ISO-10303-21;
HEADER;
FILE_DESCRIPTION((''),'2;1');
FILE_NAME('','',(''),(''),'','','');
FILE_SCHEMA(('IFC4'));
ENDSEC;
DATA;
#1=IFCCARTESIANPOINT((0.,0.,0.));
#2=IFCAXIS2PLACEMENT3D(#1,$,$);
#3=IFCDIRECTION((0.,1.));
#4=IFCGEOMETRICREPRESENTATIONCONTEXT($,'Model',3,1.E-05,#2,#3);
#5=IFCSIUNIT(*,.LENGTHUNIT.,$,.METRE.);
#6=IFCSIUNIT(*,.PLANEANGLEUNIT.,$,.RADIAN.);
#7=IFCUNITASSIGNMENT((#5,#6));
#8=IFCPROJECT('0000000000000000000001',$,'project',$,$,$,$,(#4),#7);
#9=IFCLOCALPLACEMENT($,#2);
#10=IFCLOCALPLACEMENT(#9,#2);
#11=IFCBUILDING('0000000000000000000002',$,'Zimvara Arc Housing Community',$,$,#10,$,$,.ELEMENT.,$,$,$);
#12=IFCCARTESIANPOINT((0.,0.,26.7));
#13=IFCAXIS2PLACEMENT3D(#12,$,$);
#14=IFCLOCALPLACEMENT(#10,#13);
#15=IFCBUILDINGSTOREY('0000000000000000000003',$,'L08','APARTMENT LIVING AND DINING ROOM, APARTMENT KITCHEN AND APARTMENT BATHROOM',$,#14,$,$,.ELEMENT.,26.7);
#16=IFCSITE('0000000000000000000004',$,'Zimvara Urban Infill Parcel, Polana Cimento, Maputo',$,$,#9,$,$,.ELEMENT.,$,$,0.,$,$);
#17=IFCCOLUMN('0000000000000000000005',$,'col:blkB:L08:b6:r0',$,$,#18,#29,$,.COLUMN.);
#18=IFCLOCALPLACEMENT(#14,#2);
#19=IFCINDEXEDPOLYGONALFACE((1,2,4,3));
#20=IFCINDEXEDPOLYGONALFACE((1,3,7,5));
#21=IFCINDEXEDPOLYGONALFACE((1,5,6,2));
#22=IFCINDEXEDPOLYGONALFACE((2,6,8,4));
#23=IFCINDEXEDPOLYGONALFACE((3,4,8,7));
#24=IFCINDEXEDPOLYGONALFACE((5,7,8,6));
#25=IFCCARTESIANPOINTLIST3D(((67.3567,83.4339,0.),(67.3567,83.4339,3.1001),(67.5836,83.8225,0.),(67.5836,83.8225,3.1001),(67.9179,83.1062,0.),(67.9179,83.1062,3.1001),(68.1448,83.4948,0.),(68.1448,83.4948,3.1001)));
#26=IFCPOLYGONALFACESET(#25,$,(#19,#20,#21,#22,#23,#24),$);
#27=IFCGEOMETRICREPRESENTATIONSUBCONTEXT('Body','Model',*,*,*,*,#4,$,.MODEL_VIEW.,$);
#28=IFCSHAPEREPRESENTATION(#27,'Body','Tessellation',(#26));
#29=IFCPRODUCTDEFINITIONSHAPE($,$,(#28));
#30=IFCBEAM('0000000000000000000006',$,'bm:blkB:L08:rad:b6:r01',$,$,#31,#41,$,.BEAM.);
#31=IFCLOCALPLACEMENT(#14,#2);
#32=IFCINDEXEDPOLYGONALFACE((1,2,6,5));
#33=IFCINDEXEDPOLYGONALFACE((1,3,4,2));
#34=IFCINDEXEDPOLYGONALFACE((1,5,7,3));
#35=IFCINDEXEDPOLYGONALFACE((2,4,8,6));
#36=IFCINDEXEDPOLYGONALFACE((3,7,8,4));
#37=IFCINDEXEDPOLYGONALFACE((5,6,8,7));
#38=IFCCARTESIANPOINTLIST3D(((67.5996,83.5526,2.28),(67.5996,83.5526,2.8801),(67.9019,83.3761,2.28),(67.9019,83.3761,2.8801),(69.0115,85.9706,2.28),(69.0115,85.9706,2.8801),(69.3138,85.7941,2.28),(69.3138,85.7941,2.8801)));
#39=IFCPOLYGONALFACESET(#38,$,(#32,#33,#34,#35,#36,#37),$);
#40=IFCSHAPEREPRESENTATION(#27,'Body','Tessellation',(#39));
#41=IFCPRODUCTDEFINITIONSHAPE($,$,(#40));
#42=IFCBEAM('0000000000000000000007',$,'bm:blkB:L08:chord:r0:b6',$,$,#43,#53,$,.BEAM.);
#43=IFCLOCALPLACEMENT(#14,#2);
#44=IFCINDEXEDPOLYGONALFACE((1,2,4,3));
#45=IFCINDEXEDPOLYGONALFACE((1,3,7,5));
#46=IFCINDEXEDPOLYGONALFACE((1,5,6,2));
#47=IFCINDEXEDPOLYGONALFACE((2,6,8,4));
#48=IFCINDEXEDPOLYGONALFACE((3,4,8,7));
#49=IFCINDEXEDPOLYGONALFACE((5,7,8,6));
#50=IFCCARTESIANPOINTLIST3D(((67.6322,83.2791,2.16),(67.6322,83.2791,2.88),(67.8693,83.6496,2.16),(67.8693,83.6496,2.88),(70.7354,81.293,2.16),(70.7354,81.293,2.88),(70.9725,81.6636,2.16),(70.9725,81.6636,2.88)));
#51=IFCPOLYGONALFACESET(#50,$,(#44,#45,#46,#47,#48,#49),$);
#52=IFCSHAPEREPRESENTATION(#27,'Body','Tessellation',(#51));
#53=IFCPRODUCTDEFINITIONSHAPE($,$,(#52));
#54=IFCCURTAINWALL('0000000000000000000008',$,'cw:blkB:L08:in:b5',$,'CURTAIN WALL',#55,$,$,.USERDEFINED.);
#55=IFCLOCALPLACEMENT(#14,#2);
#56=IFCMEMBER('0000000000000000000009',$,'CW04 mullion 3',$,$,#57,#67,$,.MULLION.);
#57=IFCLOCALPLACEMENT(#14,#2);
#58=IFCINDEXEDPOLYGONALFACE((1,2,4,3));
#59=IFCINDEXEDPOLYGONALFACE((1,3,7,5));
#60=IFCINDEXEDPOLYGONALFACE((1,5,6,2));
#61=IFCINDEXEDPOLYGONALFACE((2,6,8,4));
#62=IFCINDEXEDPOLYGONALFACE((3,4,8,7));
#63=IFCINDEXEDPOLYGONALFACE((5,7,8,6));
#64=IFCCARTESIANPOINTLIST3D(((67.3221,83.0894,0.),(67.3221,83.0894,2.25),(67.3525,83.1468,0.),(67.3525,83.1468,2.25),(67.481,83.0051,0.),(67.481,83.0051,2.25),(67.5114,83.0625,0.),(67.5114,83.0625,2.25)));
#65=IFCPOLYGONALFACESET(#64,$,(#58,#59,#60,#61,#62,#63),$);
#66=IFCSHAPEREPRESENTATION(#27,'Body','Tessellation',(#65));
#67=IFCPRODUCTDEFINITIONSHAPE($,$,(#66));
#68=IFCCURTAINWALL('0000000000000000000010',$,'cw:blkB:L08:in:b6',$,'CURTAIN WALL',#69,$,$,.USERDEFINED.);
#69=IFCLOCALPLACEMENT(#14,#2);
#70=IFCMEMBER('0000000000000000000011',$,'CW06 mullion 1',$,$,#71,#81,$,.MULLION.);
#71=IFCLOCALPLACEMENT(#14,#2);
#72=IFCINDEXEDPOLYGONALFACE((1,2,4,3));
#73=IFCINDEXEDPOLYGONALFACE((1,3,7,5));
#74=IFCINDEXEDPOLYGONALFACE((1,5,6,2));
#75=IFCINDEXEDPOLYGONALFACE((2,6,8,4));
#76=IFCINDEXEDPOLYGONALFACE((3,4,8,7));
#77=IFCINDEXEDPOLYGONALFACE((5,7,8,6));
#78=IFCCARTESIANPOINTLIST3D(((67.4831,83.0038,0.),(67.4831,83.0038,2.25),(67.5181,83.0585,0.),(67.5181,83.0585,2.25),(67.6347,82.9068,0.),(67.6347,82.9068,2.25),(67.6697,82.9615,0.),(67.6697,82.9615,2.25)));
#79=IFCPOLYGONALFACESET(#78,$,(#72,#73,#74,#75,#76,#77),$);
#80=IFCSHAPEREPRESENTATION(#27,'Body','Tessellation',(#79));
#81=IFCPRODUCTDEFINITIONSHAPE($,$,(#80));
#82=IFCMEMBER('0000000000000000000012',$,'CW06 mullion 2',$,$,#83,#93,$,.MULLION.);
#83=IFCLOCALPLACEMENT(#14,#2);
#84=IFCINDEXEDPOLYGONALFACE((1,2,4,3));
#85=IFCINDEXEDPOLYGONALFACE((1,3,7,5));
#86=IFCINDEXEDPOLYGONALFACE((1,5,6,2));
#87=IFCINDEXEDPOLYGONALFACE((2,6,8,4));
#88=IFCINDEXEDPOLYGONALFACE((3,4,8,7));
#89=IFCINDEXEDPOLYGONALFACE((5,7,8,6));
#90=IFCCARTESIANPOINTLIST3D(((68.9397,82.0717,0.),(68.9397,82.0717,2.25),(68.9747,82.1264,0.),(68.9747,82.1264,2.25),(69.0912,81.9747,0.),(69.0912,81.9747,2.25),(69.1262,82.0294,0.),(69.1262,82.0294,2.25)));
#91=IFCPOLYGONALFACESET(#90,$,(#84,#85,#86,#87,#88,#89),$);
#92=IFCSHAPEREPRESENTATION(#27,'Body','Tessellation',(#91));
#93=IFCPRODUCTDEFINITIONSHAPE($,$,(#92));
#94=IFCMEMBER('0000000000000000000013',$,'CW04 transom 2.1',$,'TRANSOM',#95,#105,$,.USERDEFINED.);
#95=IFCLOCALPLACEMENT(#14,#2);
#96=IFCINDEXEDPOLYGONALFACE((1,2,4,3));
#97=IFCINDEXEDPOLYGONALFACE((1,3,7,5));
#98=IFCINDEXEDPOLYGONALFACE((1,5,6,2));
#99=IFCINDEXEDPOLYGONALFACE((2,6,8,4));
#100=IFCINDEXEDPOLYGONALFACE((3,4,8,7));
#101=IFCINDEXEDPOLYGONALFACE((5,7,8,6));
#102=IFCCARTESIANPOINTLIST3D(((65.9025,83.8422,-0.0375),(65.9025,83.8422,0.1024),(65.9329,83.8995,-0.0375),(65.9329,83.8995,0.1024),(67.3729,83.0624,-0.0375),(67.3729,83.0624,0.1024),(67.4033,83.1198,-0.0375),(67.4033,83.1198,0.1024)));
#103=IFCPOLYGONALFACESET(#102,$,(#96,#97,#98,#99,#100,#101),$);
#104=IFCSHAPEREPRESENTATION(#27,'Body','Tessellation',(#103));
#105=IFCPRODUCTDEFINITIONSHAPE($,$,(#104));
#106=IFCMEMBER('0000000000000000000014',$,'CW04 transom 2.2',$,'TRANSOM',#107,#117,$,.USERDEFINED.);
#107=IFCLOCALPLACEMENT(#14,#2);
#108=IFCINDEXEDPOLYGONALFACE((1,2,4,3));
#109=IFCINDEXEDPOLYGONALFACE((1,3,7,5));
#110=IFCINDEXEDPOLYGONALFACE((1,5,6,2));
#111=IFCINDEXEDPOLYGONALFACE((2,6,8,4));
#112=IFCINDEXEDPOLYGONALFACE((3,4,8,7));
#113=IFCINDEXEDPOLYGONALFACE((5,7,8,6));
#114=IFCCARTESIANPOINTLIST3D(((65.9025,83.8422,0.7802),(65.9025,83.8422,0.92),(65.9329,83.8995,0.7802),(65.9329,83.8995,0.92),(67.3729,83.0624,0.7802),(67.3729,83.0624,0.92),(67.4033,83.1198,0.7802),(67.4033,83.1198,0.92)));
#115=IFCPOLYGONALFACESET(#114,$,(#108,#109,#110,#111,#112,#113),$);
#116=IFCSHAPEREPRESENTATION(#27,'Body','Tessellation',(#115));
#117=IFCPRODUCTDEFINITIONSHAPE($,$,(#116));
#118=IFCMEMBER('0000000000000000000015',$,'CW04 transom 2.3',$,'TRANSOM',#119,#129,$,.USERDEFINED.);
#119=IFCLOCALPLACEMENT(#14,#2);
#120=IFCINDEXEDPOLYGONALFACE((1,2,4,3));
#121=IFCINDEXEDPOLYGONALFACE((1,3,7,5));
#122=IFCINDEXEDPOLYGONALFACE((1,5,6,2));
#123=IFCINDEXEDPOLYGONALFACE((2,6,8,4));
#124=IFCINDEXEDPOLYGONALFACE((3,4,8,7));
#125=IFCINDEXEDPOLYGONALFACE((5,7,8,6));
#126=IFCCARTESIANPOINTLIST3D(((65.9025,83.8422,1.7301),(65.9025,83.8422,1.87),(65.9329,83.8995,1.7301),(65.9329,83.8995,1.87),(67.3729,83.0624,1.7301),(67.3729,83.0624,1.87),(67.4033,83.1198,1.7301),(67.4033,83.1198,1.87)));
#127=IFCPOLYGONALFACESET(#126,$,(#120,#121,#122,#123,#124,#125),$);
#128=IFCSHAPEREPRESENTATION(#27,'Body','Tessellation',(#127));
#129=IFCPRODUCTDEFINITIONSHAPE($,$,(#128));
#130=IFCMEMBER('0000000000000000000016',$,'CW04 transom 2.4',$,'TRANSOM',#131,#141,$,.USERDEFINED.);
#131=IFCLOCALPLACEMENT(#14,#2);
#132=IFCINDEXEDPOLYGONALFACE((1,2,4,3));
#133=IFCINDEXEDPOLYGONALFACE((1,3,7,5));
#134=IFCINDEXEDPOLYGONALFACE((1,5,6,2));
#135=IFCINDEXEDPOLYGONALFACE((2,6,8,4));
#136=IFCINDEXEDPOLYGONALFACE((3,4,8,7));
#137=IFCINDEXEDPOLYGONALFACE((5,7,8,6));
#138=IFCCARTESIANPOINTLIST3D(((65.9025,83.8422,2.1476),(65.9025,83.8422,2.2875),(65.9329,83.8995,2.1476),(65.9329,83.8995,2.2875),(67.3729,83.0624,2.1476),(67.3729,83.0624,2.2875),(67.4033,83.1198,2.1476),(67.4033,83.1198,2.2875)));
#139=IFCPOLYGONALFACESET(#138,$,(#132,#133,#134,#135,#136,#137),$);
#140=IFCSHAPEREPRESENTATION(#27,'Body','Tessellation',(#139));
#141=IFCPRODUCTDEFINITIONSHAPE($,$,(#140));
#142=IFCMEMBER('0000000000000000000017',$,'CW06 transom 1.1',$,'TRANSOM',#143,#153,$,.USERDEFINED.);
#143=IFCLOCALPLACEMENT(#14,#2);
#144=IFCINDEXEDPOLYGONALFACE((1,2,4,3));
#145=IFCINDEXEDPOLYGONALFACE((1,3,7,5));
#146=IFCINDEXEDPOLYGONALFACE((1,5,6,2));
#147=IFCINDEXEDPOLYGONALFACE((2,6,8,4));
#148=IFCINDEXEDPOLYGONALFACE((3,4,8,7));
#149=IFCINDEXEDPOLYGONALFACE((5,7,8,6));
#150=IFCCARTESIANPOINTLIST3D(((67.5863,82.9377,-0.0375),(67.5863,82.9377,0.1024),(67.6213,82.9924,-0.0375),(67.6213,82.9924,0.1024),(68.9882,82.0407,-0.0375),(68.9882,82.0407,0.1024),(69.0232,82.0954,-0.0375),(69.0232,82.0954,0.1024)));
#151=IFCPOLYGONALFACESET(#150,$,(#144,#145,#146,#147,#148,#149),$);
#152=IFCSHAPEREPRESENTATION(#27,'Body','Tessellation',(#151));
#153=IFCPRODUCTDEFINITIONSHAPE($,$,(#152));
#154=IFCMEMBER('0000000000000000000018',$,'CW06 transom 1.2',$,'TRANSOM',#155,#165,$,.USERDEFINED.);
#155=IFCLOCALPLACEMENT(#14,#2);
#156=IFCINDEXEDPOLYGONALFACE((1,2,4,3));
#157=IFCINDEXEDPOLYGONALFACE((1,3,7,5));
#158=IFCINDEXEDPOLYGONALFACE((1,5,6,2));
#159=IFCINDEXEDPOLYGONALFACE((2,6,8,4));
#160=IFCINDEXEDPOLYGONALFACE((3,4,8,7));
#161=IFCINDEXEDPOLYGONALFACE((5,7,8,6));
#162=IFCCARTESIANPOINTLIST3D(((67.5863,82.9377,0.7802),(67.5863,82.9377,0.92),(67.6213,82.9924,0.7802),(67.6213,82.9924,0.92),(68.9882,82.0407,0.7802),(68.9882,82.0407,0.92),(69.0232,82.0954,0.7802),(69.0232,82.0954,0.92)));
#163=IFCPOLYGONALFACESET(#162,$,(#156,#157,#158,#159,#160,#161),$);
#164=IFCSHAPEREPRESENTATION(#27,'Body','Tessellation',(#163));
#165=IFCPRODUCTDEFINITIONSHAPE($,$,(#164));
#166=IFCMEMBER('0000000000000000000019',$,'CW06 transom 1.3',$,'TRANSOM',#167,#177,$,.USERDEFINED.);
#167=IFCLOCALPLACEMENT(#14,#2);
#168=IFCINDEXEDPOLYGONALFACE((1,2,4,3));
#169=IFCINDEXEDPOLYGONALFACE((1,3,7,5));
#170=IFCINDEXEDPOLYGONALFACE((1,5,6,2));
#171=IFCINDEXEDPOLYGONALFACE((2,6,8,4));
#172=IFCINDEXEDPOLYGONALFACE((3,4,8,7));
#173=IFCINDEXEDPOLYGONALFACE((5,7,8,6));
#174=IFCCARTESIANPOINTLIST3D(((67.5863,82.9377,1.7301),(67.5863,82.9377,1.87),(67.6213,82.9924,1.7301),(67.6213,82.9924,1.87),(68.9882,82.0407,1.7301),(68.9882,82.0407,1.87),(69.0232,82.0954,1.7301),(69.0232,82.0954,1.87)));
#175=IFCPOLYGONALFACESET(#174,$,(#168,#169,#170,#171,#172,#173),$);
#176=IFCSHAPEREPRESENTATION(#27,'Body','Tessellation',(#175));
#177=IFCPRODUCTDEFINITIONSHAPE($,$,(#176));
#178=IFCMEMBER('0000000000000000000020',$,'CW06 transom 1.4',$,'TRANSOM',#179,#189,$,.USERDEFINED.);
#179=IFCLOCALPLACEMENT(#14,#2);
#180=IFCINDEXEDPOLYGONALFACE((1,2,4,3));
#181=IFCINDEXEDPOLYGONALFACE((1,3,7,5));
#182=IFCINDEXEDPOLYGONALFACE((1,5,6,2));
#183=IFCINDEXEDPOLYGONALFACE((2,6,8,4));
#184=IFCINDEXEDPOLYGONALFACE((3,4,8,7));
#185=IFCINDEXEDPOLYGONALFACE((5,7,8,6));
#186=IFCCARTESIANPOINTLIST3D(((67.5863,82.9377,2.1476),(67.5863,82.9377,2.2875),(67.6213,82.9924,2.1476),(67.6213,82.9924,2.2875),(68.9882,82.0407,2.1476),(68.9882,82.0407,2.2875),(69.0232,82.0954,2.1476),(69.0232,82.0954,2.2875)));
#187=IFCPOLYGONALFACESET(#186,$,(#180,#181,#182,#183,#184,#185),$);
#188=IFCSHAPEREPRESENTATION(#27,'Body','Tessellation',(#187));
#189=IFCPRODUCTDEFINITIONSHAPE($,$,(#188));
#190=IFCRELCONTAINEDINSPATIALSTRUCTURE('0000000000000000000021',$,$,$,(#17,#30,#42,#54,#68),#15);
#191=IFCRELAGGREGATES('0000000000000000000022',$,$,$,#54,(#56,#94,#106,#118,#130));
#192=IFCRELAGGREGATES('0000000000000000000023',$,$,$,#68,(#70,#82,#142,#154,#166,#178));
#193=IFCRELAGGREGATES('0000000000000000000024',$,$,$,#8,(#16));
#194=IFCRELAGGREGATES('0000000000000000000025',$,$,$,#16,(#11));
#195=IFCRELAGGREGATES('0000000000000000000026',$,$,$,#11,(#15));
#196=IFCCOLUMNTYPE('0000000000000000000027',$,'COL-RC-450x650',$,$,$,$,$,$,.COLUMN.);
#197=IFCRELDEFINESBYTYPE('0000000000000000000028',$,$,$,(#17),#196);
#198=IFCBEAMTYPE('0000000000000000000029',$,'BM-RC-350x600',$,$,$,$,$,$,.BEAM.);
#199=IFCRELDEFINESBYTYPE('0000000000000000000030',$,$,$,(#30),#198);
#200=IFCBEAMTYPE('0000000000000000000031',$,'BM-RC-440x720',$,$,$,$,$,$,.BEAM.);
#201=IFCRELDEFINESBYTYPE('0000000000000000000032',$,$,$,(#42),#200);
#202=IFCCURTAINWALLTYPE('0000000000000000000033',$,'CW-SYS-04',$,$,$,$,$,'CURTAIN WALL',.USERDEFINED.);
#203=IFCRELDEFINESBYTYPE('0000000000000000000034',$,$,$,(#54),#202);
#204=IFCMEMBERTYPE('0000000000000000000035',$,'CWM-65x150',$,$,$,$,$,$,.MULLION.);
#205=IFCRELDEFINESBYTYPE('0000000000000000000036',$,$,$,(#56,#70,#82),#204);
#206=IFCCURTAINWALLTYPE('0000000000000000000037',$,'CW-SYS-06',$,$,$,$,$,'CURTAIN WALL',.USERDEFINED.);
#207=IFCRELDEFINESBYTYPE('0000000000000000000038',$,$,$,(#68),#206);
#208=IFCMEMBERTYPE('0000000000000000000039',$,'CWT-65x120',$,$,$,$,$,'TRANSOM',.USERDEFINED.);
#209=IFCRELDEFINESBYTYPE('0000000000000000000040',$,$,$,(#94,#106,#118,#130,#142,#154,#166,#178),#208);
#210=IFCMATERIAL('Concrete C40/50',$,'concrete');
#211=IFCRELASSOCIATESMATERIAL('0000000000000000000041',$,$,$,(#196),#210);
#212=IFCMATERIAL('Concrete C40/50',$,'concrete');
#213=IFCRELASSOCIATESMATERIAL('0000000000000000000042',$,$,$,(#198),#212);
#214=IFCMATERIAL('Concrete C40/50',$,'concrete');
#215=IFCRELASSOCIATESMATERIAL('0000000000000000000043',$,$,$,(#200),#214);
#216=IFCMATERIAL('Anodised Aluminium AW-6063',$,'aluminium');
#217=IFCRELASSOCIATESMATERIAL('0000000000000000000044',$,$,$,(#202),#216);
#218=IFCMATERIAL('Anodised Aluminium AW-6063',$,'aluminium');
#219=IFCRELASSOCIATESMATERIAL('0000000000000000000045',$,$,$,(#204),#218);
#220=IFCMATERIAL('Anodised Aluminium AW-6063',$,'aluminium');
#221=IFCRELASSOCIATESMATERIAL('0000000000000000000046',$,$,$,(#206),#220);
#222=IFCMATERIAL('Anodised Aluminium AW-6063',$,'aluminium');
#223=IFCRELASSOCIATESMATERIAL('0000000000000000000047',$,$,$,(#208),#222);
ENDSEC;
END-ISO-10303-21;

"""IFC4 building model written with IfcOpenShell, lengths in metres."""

from ifc_helpers import new_model, si_unit, direction, frame, origin, origin_2d, place, context, subcontext, project, spatial, rectangle, extrude, material, material_profile, profile_set, type_object, element, aggregate, save


model = new_model("IFC4")

# Units and contexts
model_context = context("Model", 3, precision=1e-05, world=origin(), true_north=direction((0.0, 1.0)))
body_context = subcontext(model_context, "Body", "Model", "MODEL_VIEW")
ifc_project = project(units=[si_unit("LENGTHUNIT", "METRE"), si_unit("PLANEANGLEUNIT", "RADIAN")], contexts=[model_context])

# Site, building, storey
site_placement = place(None, origin())
site = spatial("IfcSite", under=ifc_project, at=site_placement, Name="Zimvara Urban Infill Parcel, Polana Cimento, Maputo", CompositionType="ELEMENT", RefElevation=0.0)
building_placement = place(site_placement, origin())
building = spatial("IfcBuilding", under=site, at=building_placement, Name="Zimvara Arc Housing Community", CompositionType="ELEMENT")
storey_placement = place(building_placement, frame((0.0, 0.0, 26.7)))
storey = spatial("IfcBuildingStorey", under=building, at=storey_placement, Name="L08", Description="APARTMENT LIVING AND DINING ROOM, APARTMENT KITCHEN AND APARTMENT BATHROOM", CompositionType="ELEMENT", Elevation=26.7)

# Column
ifc_material_1 = material(Name="Concrete C40/50", Category="concrete")
ifc_material_profile_1 = material_profile(ifc_material_1, rectangle(XDim=0.45, YDim=0.6499, at=origin_2d()), Name="RC 450x650")
ifc_profile_set_1 = profile_set([ifc_material_profile_1], Name="Concrete C40/50")
column_type = type_object("IfcColumnType", Name="COL-RC-450x650", PredefinedType="COLUMN", material=ifc_profile_set_1)
column_placement = place(storey_placement, frame((67.7507, 83.4644, 0.0), z_axis=(0.0, 0.0, 1.0), x_axis=(0.504226, 0.863572, 0.0)))
element("IfcColumn", 1, at=column_placement, inside=storey, type_object=column_type, Name="col:blkB:L08:b6:r0", PredefinedType="COLUMN", context=body_context, shape_type="SweptSolid", body=[
    extrude(rectangle(XDim=0.45, YDim=0.6499, at=origin_2d()), origin(), (0.0, 0.0, 1.0), 3.1001),
])

# Beams
ifc_material_2 = material(Name="Concrete C40/50", Category="concrete")
ifc_material_profile_2 = material_profile(ifc_material_2, rectangle(XDim=0.3501, YDim=0.6001, at=origin_2d()), Name="RC 350x600")
ifc_profile_set_2 = profile_set([ifc_material_profile_2], Name="Concrete C40/50")
beam_type_1 = type_object("IfcBeamType", Name="BM-RC-350x600", PredefinedType="BEAM", material=ifc_profile_set_2)
beam_1_placement = place(storey_placement, frame((67.7507, 83.4644, 2.5801), z_axis=(0.50424, 0.863564, 0.0), x_axis=(-0.863564, 0.50424, 0.0)))
element("IfcBeam", 2, at=beam_1_placement, inside=storey, type_object=beam_type_1, Name="bm:blkB:L08:rad:b6:r01", PredefinedType="BEAM", context=body_context, shape_type="SweptSolid", body=[
    extrude(rectangle(XDim=0.3501, YDim=0.6001, at=origin_2d()), origin(), (0.0, 0.0, 1.0), 2.8),
])
ifc_material_3 = material(Name="Concrete C40/50", Category="concrete")
ifc_material_profile_3 = material_profile(ifc_material_3, rectangle(XDim=0.4399, YDim=0.72, at=origin_2d()), Name="RC 440x720")
ifc_profile_set_3 = profile_set([ifc_material_profile_3], Name="Concrete C40/50")
beam_type_2 = type_object("IfcBeamType", Name="BM-RC-440x720", PredefinedType="BEAM", material=ifc_profile_set_3)
beam_2_placement = place(storey_placement, frame((67.7507, 83.4644, 2.52), z_axis=(0.842273, -0.539052, 0.0), x_axis=(0.539052, 0.842273, 0.0)))
element("IfcBeam", 3, at=beam_2_placement, inside=storey, type_object=beam_type_2, Name="bm:blkB:L08:chord:r0:b6", PredefinedType="BEAM", context=body_context, shape_type="SweptSolid", body=[
    extrude(rectangle(XDim=0.4399, YDim=0.72, at=origin_2d()), origin(), (0.0, 0.0, 1.0), 3.6843),
])

# Curtain wall, member
ifc_material_4 = material(Name="Anodised Aluminium AW-6063", Category="aluminium")
curtain_wall_type_1 = type_object("IfcCurtainWallType", Name="CW-SYS-04", ElementType="CURTAIN WALL", PredefinedType="USERDEFINED", material=ifc_material_4)
curtain_wall_1_placement = place(storey_placement, origin())
curtain_wall_1 = element("IfcCurtainWall", 4, at=curtain_wall_1_placement, inside=storey, type_object=curtain_wall_type_1, Name="cw:blkB:L08:in:b5", ObjectType="CURTAIN WALL", PredefinedType="USERDEFINED")
ifc_material_5 = material(Name="Anodised Aluminium AW-6063", Category="aluminium")
ifc_material_profile_4 = material_profile(ifc_material_5, rectangle(XDim=0.0649, YDim=0.1799, at=origin_2d()), Name="ALU 65x180")
ifc_profile_set_4 = profile_set([ifc_material_profile_4], Name="Anodised Aluminium AW-6063")
member_type_1 = type_object("IfcMemberType", Name="CWM-65x150", PredefinedType="MULLION", material=ifc_profile_set_4)
member_1_placement = place(storey_placement, frame((67.4167, 83.0759, 0.0), z_axis=(0.0, 0.0, 1.0), x_axis=(0.468545, 0.88344, 0.0)))
member_1 = element("IfcMember", 5, at=member_1_placement, type_object=member_type_1, Name="CW04 mullion 3", PredefinedType="MULLION", context=body_context, shape_type="SweptSolid", body=[
    extrude(rectangle(XDim=0.0649, YDim=0.1799, at=origin_2d()), origin(), (0.0, 0.0, 1.0), 2.25),
])

# Curtain wall, members
ifc_material_6 = material(Name="Anodised Aluminium AW-6063", Category="aluminium")
curtain_wall_type_2 = type_object("IfcCurtainWallType", Name="CW-SYS-06", ElementType="CURTAIN WALL", PredefinedType="USERDEFINED", material=ifc_material_6)
curtain_wall_2_placement = place(storey_placement, origin())
curtain_wall_2 = element("IfcCurtainWall", 6, at=curtain_wall_2_placement, inside=storey, type_object=curtain_wall_type_2, Name="cw:blkB:L08:in:b6", ObjectType="CURTAIN WALL", PredefinedType="USERDEFINED")
member_2_placement = place(storey_placement, frame((67.5764, 82.9827, 0.0), z_axis=(0.0, 0.0, 1.0), x_axis=(0.539064, 0.842265, 0.0)))
member_2 = element("IfcMember", 7, at=member_2_placement, type_object=member_type_1, Name="CW06 mullion 1", PredefinedType="MULLION", context=body_context, shape_type="SweptSolid", body=[
    extrude(rectangle(XDim=0.0649, YDim=0.1799, at=origin_2d()), origin(), (0.0, 0.0, 1.0), 2.25),
])
member_3_placement = place(storey_placement, frame((69.033, 82.0505, 0.0), z_axis=(0.0, 0.0, 1.0), x_axis=(0.539064, 0.842265, 0.0)))
member_3 = element("IfcMember", 8, at=member_3_placement, type_object=member_type_1, Name="CW06 mullion 2", PredefinedType="MULLION", context=body_context, shape_type="SweptSolid", body=[
    extrude(rectangle(XDim=0.0649, YDim=0.1799, at=origin_2d()), origin(), (0.0, 0.0, 1.0), 2.25),
])

# Members
ifc_material_7 = material(Name="Anodised Aluminium AW-6063", Category="aluminium")
ifc_material_profile_5 = material_profile(ifc_material_7, rectangle(XDim=0.0649, YDim=0.1399, at=origin_2d()), Name="ALU 65x140")
ifc_profile_set_5 = profile_set([ifc_material_profile_5], Name="Anodised Aluminium AW-6063")
member_type_2 = type_object("IfcMemberType", Name="CWT-65x120", ElementType="TRANSOM", PredefinedType="USERDEFINED", material=ifc_profile_set_5)
member_4_placement = place(storey_placement, frame((65.9177, 83.8708, 0.0325), z_axis=(0.883463, -0.468501, 0.0), x_axis=(0.468501, 0.883463, 0.0)))
member_4 = element("IfcMember", 9, at=member_4_placement, type_object=member_type_2, Name="CW04 transom 2.1", ObjectType="TRANSOM", PredefinedType="USERDEFINED", context=body_context, shape_type="SweptSolid", body=[
    extrude(rectangle(XDim=0.0649, YDim=0.1399, at=origin_2d()), origin(), (0.0, 0.0, 1.0), 1.6643),
])
member_5_placement = place(storey_placement, frame((65.9177, 83.8708, 0.8501), z_axis=(0.883463, -0.468501, 0.0), x_axis=(0.468501, 0.883463, 0.0)))
member_5 = element("IfcMember", 10, at=member_5_placement, type_object=member_type_2, Name="CW04 transom 2.2", ObjectType="TRANSOM", PredefinedType="USERDEFINED", context=body_context, shape_type="SweptSolid", body=[
    extrude(rectangle(XDim=0.0649, YDim=0.1399, at=origin_2d()), origin(), (0.0, 0.0, 1.0), 1.6643),
])
member_6_placement = place(storey_placement, frame((65.9177, 83.8708, 1.8), z_axis=(0.883463, -0.468501, 0.0), x_axis=(0.468501, 0.883463, 0.0)))
member_6 = element("IfcMember", 11, at=member_6_placement, type_object=member_type_2, Name="CW04 transom 2.3", ObjectType="TRANSOM", PredefinedType="USERDEFINED", context=body_context, shape_type="SweptSolid", body=[
    extrude(rectangle(XDim=0.0649, YDim=0.1399, at=origin_2d()), origin(), (0.0, 0.0, 1.0), 1.6643),
])
member_7_placement = place(storey_placement, frame((65.9177, 83.8708, 2.2175), z_axis=(0.883463, -0.468501, 0.0), x_axis=(0.468501, 0.883463, 0.0)))
member_7 = element("IfcMember", 12, at=member_7_placement, type_object=member_type_2, Name="CW04 transom 2.4", ObjectType="TRANSOM", PredefinedType="USERDEFINED", context=body_context, shape_type="SweptSolid", body=[
    extrude(rectangle(XDim=0.0649, YDim=0.1399, at=origin_2d()), origin(), (0.0, 0.0, 1.0), 1.6643),
])
member_8_placement = place(storey_placement, frame((67.6038, 82.9651, 0.0325), z_axis=(0.84233, -0.538962, 0.0), x_axis=(0.538962, 0.84233, 0.0)))
member_8 = element("IfcMember", 13, at=member_8_placement, type_object=member_type_2, Name="CW06 transom 1.1", ObjectType="TRANSOM", PredefinedType="USERDEFINED", context=body_context, shape_type="SweptSolid", body=[
    extrude(rectangle(XDim=0.0649, YDim=0.1399, at=origin_2d()), origin(), (0.0, 0.0, 1.0), 1.6643),
])
member_9_placement = place(storey_placement, frame((67.6038, 82.9651, 0.8501), z_axis=(0.84233, -0.538962, 0.0), x_axis=(0.538962, 0.84233, 0.0)))
member_9 = element("IfcMember", 14, at=member_9_placement, type_object=member_type_2, Name="CW06 transom 1.2", ObjectType="TRANSOM", PredefinedType="USERDEFINED", context=body_context, shape_type="SweptSolid", body=[
    extrude(rectangle(XDim=0.0649, YDim=0.1399, at=origin_2d()), origin(), (0.0, 0.0, 1.0), 1.6643),
])
member_10_placement = place(storey_placement, frame((67.6038, 82.9651, 1.8), z_axis=(0.84233, -0.538962, 0.0), x_axis=(0.538962, 0.84233, 0.0)))
member_10 = element("IfcMember", 15, at=member_10_placement, type_object=member_type_2, Name="CW06 transom 1.3", ObjectType="TRANSOM", PredefinedType="USERDEFINED", context=body_context, shape_type="SweptSolid", body=[
    extrude(rectangle(XDim=0.0649, YDim=0.1399, at=origin_2d()), origin(), (0.0, 0.0, 1.0), 1.6643),
])
member_11_placement = place(storey_placement, frame((67.6038, 82.9651, 2.2175), z_axis=(0.84233, -0.538962, 0.0), x_axis=(0.538962, 0.84233, 0.0)))
member_11 = element("IfcMember", 16, at=member_11_placement, type_object=member_type_2, Name="CW06 transom 1.4", ObjectType="TRANSOM", PredefinedType="USERDEFINED", context=body_context, shape_type="SweptSolid", body=[
    extrude(rectangle(XDim=0.0649, YDim=0.1399, at=origin_2d()), origin(), (0.0, 0.0, 1.0), 1.6643),
])

aggregate(curtain_wall_1, [member_1, member_4, member_5, member_6, member_7])
aggregate(curtain_wall_2, [member_2, member_3, member_8, member_9, member_10, member_11])

save(model, "model.ifc")
